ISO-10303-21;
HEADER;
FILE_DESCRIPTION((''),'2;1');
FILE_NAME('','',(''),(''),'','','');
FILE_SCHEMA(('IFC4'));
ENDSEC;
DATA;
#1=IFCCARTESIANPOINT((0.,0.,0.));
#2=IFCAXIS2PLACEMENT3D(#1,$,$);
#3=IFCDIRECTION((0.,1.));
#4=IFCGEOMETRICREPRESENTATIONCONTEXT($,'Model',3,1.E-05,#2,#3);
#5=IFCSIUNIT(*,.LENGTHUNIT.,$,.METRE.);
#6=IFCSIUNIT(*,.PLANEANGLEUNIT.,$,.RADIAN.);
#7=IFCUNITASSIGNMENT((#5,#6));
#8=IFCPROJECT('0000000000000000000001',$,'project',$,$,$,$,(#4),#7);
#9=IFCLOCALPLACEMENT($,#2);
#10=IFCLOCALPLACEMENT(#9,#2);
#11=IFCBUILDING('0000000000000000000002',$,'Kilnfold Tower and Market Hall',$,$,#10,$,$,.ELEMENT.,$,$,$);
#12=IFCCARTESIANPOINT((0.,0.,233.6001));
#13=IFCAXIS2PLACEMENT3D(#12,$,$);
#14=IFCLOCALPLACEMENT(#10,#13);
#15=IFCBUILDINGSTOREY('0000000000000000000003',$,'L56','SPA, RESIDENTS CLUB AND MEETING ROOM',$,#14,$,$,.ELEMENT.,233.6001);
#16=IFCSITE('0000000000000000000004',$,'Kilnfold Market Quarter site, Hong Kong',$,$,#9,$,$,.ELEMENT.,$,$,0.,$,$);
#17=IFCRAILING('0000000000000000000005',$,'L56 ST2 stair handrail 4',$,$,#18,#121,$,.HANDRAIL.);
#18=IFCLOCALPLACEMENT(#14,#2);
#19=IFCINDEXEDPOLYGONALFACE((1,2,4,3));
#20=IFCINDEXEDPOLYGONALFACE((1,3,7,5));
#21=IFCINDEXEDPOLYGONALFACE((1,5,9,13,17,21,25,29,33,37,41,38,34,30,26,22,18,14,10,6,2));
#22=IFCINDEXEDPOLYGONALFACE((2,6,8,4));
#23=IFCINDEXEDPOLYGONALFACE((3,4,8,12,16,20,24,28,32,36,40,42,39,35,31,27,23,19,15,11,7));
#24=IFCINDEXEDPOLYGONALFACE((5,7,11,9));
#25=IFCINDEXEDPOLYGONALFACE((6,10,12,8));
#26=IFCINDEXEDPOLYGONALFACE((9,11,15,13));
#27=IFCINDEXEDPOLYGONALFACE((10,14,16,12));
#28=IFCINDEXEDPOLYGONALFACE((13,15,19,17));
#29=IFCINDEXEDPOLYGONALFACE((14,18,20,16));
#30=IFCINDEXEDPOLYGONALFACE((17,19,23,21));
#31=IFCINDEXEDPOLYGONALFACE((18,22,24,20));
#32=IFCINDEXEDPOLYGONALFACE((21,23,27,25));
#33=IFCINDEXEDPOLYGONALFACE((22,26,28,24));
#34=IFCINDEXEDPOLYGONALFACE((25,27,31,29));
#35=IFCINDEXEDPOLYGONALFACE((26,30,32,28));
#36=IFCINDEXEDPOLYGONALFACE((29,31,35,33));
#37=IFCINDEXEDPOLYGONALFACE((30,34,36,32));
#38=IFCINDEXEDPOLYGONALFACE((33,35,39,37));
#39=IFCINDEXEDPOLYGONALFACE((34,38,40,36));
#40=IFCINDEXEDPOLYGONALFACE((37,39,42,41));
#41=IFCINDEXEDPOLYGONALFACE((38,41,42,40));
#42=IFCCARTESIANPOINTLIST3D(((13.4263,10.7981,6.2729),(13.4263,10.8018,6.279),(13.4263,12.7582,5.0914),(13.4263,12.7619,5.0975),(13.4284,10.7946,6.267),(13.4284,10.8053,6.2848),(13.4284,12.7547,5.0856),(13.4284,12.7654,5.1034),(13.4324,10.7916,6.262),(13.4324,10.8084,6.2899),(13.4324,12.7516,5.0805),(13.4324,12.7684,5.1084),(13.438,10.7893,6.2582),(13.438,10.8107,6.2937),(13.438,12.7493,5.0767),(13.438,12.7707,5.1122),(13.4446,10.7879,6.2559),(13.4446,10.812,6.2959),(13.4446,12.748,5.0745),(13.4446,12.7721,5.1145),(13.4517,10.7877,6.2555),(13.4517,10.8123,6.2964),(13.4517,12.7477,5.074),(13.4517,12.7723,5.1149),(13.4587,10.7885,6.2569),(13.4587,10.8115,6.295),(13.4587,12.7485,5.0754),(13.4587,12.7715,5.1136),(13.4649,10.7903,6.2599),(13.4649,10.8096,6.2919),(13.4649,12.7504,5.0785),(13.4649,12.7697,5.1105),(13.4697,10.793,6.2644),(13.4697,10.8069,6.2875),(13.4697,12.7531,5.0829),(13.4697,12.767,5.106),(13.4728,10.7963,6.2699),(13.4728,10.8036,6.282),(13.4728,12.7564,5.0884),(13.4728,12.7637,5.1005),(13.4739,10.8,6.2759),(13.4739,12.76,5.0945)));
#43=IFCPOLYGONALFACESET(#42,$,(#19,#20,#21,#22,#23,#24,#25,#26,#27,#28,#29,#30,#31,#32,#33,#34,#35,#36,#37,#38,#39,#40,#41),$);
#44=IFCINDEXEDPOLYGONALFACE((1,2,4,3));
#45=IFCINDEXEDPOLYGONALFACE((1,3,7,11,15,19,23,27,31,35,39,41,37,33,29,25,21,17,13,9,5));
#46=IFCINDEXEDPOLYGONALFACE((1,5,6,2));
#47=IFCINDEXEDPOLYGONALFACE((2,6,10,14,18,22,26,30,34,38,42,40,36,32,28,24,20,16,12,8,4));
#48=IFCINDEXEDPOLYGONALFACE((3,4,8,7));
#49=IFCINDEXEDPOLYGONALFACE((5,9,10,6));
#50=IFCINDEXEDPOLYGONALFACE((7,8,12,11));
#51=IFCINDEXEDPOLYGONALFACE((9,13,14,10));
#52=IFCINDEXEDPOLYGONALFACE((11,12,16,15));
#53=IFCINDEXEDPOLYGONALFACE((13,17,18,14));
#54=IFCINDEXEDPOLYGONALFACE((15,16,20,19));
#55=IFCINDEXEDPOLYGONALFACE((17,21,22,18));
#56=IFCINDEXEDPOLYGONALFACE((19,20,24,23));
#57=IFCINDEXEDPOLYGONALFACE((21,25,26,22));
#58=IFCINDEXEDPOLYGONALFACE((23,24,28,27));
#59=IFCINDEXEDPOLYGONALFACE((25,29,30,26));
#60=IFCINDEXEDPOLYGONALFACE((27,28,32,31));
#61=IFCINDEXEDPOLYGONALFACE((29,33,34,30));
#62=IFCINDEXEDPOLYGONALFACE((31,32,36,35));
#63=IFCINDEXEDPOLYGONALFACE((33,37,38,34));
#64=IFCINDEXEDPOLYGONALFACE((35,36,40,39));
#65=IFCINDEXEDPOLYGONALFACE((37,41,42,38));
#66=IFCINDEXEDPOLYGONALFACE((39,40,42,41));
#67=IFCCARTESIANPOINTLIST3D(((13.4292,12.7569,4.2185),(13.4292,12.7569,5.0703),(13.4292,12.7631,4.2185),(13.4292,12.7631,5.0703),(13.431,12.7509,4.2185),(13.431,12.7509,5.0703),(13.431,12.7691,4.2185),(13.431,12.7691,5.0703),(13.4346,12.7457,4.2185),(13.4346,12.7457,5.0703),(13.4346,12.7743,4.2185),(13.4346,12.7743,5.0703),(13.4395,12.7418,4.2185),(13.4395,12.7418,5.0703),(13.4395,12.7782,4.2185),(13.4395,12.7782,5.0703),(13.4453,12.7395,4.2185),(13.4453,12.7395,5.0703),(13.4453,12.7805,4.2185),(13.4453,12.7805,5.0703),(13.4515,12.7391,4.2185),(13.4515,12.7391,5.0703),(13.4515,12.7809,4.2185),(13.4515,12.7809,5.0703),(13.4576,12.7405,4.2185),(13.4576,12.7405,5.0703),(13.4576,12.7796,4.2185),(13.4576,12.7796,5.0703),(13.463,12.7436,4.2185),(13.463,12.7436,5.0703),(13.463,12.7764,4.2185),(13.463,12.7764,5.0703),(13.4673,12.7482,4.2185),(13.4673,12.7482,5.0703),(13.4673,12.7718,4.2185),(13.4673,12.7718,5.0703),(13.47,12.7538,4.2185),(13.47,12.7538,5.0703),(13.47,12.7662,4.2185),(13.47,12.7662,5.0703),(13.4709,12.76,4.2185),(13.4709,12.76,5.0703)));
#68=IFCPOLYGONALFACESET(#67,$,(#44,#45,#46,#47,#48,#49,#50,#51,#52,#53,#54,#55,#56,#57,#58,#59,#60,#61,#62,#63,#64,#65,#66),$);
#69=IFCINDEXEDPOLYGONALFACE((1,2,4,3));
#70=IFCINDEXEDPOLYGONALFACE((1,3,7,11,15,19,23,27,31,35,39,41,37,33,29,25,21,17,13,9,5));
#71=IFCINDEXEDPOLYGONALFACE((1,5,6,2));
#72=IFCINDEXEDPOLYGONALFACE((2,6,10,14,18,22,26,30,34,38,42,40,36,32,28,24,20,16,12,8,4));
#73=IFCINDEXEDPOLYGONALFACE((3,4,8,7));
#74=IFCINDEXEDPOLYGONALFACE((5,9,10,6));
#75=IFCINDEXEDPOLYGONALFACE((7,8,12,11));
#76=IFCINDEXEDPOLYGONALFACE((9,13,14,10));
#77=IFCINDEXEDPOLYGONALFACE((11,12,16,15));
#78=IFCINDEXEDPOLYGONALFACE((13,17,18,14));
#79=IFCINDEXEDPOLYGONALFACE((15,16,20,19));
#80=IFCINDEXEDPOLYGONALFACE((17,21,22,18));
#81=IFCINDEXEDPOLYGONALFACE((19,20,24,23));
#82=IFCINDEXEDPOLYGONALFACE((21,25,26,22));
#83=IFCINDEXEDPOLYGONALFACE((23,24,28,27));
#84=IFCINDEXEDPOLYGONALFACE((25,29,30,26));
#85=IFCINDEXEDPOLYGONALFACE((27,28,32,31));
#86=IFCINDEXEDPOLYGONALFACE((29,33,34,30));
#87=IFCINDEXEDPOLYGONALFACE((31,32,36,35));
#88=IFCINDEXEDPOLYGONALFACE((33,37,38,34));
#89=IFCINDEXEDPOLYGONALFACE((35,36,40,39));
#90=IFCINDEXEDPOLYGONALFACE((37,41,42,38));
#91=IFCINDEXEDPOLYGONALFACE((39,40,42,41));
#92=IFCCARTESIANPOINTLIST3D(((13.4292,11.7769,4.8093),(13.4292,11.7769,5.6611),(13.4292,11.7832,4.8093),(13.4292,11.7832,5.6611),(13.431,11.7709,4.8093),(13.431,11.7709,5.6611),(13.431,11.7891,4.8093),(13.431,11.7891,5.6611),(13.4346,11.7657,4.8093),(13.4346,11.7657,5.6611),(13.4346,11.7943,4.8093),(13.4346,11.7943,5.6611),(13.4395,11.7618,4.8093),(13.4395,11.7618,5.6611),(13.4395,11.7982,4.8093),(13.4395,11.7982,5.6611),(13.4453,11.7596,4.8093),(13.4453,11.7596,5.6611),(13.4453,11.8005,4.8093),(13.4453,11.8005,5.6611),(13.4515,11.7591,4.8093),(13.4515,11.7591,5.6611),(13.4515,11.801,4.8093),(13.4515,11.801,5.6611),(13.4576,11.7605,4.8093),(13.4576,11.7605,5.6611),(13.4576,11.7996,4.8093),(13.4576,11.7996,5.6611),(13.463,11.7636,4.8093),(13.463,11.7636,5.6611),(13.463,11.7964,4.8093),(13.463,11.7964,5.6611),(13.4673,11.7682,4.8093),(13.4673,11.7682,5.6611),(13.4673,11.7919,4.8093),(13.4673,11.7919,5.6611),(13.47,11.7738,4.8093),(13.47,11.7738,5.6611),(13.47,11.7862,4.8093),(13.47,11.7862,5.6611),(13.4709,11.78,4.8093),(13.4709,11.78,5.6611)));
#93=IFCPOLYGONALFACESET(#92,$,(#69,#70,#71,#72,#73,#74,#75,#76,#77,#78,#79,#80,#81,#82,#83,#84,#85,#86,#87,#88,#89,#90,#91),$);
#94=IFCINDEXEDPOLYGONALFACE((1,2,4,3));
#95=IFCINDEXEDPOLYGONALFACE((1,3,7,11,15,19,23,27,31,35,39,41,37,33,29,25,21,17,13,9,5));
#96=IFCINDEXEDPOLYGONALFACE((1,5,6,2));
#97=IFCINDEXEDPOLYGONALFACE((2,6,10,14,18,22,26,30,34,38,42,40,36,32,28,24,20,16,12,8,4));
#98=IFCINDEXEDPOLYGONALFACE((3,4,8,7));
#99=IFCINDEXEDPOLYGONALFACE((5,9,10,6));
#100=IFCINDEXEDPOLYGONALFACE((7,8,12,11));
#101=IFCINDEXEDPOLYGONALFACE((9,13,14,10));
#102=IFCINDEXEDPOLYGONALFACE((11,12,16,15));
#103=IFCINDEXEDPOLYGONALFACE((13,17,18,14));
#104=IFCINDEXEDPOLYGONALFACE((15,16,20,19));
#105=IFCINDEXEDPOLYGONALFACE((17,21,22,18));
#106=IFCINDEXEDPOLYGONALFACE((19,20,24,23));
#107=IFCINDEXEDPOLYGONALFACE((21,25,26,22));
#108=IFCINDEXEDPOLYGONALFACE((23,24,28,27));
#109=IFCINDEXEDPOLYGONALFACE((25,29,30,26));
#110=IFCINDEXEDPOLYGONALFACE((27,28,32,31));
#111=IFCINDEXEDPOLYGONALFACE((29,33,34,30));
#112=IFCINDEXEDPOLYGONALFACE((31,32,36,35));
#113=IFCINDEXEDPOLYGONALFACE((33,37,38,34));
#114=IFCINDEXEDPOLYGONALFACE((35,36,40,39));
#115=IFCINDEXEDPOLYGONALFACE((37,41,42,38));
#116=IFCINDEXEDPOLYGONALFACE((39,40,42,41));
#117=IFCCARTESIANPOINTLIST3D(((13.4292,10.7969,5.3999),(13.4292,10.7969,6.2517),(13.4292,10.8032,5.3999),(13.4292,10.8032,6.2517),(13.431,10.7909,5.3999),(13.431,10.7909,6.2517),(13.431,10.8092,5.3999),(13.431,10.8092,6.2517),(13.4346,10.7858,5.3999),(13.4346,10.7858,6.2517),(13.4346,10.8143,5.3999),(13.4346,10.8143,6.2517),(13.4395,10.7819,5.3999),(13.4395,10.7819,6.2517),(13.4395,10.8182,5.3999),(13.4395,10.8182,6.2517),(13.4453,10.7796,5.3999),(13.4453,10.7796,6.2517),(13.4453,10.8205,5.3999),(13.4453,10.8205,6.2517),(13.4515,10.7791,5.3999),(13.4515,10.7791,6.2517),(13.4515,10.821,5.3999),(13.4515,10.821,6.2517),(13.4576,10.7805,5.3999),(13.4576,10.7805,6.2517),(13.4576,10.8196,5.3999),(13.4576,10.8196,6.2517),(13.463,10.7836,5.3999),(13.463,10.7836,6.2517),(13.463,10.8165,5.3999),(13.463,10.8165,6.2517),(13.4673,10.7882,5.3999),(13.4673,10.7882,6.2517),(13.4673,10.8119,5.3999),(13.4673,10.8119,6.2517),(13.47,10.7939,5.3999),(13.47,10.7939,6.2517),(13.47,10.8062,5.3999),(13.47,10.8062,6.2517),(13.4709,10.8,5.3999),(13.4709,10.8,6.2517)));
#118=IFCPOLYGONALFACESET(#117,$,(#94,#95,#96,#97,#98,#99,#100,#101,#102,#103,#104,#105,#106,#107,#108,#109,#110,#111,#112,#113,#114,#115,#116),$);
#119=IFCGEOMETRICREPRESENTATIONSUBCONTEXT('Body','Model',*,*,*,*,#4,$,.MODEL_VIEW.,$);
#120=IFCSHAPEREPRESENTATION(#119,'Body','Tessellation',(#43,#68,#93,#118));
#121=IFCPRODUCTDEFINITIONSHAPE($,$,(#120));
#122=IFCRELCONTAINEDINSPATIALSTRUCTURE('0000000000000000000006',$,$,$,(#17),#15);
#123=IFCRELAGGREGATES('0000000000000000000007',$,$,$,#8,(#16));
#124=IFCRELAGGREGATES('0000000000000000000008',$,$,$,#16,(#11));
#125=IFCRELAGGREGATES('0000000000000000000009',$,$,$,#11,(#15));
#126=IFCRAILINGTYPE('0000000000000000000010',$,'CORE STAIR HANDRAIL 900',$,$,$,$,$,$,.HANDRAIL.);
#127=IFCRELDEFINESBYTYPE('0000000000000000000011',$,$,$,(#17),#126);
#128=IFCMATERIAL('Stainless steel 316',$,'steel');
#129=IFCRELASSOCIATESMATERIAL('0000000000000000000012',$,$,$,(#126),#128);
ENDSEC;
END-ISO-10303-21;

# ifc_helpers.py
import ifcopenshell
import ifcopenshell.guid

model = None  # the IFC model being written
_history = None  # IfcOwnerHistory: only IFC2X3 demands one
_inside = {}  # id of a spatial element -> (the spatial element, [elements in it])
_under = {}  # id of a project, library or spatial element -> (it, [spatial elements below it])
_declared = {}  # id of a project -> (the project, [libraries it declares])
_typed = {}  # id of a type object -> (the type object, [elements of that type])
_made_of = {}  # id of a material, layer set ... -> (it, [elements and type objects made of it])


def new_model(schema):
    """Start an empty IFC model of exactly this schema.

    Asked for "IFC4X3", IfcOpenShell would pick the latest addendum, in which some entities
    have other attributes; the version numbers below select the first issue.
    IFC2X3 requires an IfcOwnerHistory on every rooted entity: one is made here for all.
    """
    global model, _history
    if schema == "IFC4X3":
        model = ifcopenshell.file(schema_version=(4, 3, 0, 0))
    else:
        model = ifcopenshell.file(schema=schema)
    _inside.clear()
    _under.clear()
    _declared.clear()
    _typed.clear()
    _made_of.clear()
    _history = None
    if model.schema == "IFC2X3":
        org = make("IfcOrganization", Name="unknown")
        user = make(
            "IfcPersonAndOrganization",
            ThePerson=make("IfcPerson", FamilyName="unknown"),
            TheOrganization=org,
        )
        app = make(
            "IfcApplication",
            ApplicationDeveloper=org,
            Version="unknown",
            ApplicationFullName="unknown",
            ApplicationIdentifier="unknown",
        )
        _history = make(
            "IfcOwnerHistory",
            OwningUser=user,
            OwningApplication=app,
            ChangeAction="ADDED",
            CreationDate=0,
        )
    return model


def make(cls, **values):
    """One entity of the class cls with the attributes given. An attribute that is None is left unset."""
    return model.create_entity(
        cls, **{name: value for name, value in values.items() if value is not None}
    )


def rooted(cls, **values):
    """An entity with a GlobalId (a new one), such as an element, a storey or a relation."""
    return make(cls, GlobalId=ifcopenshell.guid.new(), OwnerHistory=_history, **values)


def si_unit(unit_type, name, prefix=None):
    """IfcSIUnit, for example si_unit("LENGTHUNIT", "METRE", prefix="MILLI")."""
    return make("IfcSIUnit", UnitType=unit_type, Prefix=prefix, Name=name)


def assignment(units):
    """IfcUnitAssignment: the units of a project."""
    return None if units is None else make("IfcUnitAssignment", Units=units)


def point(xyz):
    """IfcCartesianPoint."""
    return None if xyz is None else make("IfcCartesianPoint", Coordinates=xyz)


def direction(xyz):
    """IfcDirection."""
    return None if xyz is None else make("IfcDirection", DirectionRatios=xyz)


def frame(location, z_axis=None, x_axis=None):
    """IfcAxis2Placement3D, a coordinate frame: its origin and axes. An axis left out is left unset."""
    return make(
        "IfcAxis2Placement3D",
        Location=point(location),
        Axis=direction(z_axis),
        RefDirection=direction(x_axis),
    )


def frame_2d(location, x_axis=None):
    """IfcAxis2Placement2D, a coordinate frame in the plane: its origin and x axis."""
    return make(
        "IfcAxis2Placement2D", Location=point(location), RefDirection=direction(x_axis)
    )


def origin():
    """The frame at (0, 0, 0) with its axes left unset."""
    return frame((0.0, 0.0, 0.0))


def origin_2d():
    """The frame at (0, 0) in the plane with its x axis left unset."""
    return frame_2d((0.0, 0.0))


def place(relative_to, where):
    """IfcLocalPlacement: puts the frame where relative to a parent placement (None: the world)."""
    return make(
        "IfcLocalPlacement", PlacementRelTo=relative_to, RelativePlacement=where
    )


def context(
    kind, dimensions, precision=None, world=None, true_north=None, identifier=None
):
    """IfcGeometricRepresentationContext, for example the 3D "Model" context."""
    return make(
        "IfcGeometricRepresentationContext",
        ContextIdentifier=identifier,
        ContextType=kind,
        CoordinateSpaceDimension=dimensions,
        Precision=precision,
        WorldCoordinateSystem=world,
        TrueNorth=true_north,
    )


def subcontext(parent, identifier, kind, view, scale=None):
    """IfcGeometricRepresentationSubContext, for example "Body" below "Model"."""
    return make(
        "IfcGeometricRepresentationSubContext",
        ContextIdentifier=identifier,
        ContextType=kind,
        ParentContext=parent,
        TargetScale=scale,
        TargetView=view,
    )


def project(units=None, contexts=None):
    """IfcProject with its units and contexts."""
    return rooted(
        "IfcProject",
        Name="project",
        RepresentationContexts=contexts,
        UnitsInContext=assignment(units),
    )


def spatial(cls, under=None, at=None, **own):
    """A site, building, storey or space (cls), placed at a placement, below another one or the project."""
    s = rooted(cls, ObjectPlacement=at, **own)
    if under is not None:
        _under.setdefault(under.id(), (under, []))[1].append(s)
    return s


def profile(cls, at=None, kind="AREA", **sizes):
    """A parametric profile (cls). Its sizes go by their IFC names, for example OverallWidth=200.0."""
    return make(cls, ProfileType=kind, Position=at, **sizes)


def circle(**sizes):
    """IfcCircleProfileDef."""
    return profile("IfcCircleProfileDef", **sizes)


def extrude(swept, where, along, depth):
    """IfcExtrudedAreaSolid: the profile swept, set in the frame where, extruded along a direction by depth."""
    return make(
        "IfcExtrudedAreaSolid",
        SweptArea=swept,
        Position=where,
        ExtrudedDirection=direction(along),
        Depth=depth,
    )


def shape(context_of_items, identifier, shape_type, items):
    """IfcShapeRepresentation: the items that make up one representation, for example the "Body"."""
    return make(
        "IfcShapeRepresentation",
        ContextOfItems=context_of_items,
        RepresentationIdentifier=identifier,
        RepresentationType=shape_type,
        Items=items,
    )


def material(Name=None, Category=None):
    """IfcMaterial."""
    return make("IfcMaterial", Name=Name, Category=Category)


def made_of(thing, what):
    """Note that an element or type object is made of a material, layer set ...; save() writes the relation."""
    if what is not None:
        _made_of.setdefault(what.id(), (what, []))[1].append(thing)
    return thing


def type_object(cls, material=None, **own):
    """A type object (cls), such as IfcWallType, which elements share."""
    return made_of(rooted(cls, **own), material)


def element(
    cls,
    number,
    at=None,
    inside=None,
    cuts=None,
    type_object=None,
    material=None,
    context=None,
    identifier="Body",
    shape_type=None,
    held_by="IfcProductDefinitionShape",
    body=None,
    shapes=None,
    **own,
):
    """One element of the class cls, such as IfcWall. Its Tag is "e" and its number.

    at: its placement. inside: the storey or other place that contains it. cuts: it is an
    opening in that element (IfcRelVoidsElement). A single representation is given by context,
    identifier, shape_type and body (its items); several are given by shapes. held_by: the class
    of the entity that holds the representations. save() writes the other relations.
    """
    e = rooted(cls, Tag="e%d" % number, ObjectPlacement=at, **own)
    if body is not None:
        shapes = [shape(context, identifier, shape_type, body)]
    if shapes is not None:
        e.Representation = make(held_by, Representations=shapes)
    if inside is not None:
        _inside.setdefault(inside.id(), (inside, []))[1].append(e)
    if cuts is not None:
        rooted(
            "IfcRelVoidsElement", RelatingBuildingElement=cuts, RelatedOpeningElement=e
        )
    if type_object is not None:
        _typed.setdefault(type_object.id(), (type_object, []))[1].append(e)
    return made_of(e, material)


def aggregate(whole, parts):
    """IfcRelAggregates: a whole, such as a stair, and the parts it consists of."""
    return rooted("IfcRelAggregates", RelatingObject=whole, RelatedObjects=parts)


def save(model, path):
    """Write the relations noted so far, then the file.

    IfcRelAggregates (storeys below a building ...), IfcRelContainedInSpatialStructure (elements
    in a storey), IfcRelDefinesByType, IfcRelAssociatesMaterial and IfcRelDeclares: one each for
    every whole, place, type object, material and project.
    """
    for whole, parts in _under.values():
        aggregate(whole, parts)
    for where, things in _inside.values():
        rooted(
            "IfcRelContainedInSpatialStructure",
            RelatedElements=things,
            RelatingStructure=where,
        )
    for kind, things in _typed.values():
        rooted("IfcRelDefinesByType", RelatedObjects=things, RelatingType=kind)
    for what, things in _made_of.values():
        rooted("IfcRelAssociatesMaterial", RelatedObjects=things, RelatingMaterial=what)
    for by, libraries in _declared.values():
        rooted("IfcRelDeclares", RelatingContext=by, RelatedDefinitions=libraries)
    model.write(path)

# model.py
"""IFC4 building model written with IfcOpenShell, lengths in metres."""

from ifc_helpers import new_model, si_unit, direction, frame, origin, origin_2d, place, context, subcontext, project, spatial, circle, extrude, material, type_object, element, save


model = new_model("IFC4")

# Units and contexts
model_context = context("Model", 3, precision=1e-05, world=origin(), true_north=direction((0.0, 1.0)))
body_context = subcontext(model_context, "Body", "Model", "MODEL_VIEW")
ifc_project = project(units=[si_unit("LENGTHUNIT", "METRE"), si_unit("PLANEANGLEUNIT", "RADIAN")], contexts=[model_context])

# Site, building, storey
site_placement = place(None, origin())
site = spatial("IfcSite", under=ifc_project, at=site_placement, Name="Kilnfold Market Quarter site, Hong Kong", CompositionType="ELEMENT", RefElevation=0.0)
building_placement = place(site_placement, origin())
building = spatial("IfcBuilding", under=site, at=building_placement, Name="Kilnfold Tower and Market Hall", CompositionType="ELEMENT")
storey_placement = place(building_placement, frame((0.0, 0.0, 233.6001)))
storey = spatial("IfcBuildingStorey", under=building, at=storey_placement, Name="L56", Description="SPA, RESIDENTS CLUB AND MEETING ROOM", CompositionType="ELEMENT", Elevation=233.6001)

# Railing
ifc_material_1 = material(Name="Stainless steel 316", Category="steel")
railing_type_1 = type_object("IfcRailingType", Name="CORE STAIR HANDRAIL 900", PredefinedType="HANDRAIL", material=ifc_material_1)
railing_1_placement = place(storey_placement, frame((13.45, 12.76, 4.2185)))
element("IfcRailing", 1, at=railing_1_placement, inside=storey, type_object=railing_type_1, Name="L56 ST2 stair handrail 4", PredefinedType="HANDRAIL", context=body_context, shape_type="SweptSolid", body=[
    extrude(circle(Radius=0.0239, at=origin_2d()), frame((0.0, 0.0, 0.876), z_axis=(0.0, -0.856446, 0.516236), x_axis=(1.0, 0.0, 0.0)), (0.0, 0.0, 1.0), 2.2886),
    extrude(circle(Radius=0.021, at=origin_2d()), origin(), (0.0, 0.0, 1.0), 0.8518),
    extrude(circle(Radius=0.021, at=origin_2d()), frame((0.0, -0.98, 0.5908)), (0.0, 0.0, 1.0), 0.8518),
    extrude(circle(Radius=0.021, at=origin_2d()), frame((0.0, -1.96, 1.1814)), (0.0, 0.0, 1.0), 0.8518),
])

save(model, "model.ifc")
